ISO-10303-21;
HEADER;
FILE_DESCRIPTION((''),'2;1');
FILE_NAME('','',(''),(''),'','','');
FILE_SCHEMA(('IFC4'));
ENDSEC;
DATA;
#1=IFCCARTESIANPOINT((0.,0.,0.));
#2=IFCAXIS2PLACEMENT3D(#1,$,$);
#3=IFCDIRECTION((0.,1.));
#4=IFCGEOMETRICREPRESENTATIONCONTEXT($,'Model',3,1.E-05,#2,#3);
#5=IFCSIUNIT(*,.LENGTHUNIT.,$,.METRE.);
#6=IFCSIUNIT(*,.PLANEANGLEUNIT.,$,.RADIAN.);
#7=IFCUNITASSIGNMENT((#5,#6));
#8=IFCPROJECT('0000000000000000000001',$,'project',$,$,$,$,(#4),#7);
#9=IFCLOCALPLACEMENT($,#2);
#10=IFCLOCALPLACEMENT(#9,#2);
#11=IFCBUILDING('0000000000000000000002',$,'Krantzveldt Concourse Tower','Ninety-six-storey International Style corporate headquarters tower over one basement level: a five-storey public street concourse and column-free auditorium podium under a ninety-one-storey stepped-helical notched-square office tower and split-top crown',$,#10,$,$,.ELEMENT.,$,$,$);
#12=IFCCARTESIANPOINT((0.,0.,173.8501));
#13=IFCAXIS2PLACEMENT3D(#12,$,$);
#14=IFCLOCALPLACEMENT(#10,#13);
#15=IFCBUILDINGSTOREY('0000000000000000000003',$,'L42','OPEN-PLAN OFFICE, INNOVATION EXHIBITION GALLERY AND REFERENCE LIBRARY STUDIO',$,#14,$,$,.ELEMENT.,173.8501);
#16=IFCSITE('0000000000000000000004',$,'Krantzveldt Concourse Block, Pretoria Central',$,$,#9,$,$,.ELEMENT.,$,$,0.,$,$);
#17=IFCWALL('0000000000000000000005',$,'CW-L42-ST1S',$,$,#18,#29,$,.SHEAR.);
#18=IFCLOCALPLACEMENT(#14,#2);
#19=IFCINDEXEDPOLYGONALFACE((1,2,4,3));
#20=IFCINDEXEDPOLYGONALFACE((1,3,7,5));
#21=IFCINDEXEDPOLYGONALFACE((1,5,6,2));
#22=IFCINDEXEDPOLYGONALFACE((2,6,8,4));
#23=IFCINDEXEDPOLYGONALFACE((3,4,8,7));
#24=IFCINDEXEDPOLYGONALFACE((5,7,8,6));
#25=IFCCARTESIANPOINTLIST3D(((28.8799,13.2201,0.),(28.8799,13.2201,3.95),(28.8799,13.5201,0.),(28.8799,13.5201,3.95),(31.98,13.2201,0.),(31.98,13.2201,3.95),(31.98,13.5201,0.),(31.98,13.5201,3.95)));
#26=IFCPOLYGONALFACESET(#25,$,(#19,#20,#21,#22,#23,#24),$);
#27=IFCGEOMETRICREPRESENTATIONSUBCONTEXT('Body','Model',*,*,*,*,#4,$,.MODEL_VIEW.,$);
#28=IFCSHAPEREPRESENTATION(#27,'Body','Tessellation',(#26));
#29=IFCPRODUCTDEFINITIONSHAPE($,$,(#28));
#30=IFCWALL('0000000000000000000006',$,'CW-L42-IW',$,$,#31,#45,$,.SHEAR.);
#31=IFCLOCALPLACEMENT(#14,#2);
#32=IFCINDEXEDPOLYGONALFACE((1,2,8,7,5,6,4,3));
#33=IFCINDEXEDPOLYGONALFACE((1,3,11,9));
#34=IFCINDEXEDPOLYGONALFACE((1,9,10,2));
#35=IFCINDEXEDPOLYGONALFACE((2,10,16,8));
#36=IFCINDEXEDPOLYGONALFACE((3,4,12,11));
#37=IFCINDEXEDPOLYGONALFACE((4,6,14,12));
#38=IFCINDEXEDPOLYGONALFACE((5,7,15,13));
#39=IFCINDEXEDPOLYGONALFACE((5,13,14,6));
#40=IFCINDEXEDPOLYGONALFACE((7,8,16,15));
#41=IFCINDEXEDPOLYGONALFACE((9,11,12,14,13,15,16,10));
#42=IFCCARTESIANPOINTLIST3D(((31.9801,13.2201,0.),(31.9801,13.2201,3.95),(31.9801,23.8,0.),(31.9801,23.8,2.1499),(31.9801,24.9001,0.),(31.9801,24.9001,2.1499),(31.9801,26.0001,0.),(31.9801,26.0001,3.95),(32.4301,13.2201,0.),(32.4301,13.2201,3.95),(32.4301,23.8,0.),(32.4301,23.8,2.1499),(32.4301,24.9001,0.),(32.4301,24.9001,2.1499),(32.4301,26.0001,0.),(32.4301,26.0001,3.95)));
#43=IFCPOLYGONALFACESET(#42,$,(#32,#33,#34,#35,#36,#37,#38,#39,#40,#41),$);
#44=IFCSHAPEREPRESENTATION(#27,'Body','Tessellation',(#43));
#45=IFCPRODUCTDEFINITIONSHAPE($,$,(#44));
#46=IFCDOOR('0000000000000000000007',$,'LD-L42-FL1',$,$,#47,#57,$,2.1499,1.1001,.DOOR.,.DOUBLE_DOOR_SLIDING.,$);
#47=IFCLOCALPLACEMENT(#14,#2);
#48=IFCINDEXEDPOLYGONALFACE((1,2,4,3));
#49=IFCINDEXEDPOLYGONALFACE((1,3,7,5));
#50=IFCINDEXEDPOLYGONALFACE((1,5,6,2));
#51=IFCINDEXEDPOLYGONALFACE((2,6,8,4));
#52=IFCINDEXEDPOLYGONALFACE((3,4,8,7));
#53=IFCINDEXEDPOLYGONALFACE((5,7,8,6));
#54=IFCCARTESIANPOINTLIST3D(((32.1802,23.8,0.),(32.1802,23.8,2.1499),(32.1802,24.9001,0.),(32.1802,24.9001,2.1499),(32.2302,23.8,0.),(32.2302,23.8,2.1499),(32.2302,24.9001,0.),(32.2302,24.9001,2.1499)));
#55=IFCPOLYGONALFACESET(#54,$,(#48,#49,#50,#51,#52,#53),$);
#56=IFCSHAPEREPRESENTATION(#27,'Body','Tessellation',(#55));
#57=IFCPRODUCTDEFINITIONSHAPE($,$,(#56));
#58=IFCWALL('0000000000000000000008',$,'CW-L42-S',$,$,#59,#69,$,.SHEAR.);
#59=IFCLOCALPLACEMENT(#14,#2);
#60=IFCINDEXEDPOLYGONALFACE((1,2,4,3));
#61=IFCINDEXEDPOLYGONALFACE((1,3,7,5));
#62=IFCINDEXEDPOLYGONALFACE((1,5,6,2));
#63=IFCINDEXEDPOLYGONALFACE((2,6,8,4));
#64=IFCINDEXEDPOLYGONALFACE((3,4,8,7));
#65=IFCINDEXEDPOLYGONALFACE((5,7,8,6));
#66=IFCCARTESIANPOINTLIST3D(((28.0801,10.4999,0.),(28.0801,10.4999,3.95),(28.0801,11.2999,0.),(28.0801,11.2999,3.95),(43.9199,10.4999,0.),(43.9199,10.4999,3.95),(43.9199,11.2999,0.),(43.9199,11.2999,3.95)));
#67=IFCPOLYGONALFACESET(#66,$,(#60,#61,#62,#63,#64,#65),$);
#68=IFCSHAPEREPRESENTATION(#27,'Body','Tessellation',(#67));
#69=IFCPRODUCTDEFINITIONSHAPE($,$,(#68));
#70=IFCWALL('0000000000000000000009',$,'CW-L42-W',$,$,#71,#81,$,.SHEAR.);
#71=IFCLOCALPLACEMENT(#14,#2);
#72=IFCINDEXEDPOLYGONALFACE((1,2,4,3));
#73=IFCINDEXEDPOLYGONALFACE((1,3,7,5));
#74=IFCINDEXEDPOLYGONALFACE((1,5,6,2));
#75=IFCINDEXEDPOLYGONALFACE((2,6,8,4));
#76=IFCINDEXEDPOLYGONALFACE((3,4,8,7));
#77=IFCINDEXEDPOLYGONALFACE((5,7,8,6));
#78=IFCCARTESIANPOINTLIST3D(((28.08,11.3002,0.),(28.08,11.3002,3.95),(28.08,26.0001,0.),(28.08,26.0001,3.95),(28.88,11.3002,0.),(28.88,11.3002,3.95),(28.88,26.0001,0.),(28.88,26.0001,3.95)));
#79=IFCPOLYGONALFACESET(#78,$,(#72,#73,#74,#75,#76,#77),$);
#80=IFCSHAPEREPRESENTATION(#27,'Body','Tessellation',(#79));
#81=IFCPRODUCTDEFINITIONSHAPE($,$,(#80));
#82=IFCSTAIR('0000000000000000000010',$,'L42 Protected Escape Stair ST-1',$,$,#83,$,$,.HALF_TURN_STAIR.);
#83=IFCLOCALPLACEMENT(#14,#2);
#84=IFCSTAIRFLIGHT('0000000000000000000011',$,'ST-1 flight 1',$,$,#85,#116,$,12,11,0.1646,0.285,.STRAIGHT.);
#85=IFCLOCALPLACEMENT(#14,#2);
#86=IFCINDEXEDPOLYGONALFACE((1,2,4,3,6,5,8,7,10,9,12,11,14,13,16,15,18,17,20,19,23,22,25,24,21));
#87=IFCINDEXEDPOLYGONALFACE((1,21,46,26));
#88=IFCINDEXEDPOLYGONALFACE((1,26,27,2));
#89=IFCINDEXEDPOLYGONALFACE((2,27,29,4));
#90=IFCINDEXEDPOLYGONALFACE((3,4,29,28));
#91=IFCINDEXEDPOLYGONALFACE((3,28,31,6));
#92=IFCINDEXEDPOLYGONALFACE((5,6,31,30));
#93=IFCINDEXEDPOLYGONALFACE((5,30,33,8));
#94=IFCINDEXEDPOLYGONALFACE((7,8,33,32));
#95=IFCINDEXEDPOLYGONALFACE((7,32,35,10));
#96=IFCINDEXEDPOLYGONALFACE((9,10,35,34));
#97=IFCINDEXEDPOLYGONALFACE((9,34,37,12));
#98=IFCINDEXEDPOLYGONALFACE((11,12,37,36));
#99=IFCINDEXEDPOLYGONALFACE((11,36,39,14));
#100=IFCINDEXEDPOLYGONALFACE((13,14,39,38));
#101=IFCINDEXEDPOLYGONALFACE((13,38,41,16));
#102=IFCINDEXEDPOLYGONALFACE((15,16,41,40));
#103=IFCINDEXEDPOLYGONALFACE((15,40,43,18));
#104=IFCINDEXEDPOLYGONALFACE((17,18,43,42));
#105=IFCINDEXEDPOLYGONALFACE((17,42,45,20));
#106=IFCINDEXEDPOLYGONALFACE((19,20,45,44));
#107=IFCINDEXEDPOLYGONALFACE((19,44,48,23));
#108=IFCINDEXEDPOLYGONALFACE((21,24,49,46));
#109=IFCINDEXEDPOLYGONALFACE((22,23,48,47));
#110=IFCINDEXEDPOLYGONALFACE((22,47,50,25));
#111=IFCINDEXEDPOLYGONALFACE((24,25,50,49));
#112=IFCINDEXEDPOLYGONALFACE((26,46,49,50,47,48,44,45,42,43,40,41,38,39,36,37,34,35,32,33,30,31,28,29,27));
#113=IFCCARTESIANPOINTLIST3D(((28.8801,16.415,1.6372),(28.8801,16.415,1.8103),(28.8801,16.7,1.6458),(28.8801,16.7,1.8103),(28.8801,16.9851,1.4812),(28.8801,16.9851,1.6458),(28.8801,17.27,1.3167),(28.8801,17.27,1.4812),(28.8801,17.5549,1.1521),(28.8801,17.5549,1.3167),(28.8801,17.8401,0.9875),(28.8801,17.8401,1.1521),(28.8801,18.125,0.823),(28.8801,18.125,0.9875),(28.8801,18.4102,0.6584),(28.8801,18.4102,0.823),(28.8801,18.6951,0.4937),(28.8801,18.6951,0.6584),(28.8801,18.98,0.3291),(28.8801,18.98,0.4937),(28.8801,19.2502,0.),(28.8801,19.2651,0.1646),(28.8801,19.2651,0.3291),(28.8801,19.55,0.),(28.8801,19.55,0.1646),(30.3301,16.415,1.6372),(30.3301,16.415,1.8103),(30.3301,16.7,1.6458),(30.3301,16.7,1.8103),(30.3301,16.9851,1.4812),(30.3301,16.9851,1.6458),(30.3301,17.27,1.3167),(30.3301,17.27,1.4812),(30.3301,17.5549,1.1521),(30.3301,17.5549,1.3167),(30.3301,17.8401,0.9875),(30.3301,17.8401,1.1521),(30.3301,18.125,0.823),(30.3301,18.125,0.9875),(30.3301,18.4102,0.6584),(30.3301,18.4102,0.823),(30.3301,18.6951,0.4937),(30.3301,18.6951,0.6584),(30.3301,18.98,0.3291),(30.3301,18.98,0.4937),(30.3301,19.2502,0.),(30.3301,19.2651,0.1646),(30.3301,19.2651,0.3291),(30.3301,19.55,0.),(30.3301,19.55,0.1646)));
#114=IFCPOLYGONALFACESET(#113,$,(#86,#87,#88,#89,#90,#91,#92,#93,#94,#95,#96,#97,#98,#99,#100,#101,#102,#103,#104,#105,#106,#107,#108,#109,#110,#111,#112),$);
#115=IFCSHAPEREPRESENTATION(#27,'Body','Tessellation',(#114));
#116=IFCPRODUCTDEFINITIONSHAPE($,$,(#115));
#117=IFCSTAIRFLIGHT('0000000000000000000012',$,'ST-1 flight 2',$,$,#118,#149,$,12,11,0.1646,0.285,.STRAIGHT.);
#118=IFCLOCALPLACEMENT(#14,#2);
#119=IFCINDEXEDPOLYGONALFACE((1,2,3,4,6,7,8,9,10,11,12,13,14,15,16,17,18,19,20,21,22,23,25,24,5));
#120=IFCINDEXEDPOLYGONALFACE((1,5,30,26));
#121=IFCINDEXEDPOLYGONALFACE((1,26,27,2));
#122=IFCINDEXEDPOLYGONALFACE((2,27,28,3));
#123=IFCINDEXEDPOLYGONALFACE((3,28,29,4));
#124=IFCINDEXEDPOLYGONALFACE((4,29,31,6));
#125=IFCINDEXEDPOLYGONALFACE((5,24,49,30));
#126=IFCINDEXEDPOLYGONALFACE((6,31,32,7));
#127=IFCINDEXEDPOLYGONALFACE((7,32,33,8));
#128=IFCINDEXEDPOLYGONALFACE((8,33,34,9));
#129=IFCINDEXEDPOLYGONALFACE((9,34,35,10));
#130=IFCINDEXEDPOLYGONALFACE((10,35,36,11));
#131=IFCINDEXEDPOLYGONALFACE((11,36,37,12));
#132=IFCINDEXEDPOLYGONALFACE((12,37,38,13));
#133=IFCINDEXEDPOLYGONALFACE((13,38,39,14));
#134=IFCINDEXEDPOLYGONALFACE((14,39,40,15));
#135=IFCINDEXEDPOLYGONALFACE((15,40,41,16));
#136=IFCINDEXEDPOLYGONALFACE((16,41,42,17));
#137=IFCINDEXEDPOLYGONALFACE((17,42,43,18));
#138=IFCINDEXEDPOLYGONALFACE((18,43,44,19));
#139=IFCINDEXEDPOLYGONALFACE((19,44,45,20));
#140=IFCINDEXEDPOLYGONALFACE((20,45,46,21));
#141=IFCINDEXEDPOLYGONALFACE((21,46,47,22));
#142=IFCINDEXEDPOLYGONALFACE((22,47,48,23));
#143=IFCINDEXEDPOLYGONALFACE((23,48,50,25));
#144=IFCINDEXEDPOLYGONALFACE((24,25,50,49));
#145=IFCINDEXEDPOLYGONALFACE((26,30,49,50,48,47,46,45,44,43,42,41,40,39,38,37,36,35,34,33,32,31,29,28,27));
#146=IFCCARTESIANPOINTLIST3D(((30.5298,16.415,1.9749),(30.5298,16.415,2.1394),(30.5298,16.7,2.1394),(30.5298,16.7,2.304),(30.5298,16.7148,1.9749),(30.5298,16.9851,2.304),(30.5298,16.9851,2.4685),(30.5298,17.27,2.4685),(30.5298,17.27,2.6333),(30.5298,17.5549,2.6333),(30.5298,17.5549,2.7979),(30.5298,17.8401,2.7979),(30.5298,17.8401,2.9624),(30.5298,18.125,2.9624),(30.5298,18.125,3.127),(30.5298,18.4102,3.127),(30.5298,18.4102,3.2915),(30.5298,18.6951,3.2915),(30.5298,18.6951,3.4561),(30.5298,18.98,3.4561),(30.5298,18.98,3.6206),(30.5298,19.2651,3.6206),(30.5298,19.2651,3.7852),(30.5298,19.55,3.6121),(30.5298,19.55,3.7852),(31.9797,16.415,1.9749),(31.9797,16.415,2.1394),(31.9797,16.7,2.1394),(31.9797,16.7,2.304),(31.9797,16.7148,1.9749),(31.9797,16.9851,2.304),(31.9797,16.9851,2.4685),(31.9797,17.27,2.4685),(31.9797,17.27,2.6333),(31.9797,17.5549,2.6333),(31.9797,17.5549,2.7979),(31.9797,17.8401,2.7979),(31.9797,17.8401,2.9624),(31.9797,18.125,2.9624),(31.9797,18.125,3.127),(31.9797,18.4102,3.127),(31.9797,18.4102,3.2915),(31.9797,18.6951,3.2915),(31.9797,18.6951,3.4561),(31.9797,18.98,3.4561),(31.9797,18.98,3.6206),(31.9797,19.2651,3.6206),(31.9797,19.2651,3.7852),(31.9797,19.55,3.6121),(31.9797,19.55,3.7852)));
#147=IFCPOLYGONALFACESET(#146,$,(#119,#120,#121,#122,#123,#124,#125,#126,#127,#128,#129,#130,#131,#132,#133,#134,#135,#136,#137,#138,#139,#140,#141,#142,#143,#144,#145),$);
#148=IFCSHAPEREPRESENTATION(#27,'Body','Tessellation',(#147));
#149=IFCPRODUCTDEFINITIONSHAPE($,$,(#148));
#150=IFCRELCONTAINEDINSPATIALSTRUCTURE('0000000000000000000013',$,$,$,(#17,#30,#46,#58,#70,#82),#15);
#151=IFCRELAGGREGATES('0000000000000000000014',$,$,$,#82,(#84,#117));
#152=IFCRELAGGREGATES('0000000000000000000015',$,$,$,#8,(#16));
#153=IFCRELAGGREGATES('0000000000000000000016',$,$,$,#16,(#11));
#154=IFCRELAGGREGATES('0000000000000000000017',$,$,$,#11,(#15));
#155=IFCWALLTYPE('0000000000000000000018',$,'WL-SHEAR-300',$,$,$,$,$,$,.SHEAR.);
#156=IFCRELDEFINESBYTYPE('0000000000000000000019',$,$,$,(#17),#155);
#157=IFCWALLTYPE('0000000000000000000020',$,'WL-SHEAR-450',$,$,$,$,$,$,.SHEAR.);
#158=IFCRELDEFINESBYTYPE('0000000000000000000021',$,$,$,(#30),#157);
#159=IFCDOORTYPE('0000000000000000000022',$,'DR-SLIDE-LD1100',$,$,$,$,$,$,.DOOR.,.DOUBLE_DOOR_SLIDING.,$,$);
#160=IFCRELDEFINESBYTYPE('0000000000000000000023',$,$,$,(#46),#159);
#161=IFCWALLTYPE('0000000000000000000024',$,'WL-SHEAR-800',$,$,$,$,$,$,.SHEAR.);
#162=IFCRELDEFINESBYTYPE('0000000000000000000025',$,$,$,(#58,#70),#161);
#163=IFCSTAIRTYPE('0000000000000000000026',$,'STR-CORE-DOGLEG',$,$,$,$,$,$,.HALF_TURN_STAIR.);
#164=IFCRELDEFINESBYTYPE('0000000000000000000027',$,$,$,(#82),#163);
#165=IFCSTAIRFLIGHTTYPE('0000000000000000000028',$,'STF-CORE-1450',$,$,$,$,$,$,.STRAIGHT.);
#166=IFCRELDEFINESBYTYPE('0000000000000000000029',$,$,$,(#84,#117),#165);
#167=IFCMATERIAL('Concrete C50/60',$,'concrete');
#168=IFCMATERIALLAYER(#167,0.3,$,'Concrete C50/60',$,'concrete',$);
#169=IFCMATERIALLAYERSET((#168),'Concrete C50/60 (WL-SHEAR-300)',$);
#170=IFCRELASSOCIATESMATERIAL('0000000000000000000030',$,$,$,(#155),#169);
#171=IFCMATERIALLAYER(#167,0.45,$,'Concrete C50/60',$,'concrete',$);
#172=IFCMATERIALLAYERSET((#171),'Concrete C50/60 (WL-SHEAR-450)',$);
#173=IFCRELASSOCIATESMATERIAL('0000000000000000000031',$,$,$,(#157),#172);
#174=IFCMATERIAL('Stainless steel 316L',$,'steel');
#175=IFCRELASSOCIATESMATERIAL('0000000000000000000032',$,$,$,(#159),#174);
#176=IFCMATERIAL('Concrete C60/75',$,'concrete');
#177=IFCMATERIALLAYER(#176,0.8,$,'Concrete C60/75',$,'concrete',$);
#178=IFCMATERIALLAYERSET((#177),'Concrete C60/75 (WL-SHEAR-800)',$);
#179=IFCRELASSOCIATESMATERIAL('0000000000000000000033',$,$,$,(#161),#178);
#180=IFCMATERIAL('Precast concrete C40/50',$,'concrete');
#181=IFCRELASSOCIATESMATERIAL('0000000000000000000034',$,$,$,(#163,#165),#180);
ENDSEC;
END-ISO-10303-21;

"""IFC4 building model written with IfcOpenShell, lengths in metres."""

from ifc_helpers import new_model, si_unit, direction, frame, frame_2d, origin, place, context, subcontext, project, spatial, polyline, rectangle, outline, extrude, material, layer, layer_set, type_object, element, fill, aggregate, save


model = new_model("IFC4")

# Units and contexts
model_context = context("Model", 3, precision=1e-05, world=origin(), true_north=direction((0.0, 1.0)))
body_context = subcontext(model_context, "Body", "Model", "MODEL_VIEW")
ifc_project = project(units=[si_unit("LENGTHUNIT", "METRE"), si_unit("PLANEANGLEUNIT", "RADIAN")], contexts=[model_context])

# Site, building, storey
site_placement = place(None, origin())
site = spatial("IfcSite", under=ifc_project, at=site_placement, Name="Krantzveldt Concourse Block, Pretoria Central", CompositionType="ELEMENT", RefElevation=0.0)
building_placement = place(site_placement, origin())
building = spatial("IfcBuilding", under=site, at=building_placement, Name="Krantzveldt Concourse Tower", Description="Ninety-six-storey International Style corporate headquarters tower over one basement level: a five-storey public street concourse and column-free auditorium podium under a ninety-one-storey stepped-helical notched-square office tower and split-top crown", CompositionType="ELEMENT")
storey_placement = place(building_placement, frame((0.0, 0.0, 173.8501)))
storey = spatial("IfcBuildingStorey", under=building, at=storey_placement, Name="L42", Description="OPEN-PLAN OFFICE, INNOVATION EXHIBITION GALLERY AND REFERENCE LIBRARY STUDIO", CompositionType="ELEMENT", Elevation=173.8501)

# Shared definitions
ifc_material_1 = material(Name="Concrete C50/60", Category="concrete")

# Wall
ifc_layer_1 = layer(ifc_material_1, 0.3, Name="Concrete C50/60", Category="concrete")
ifc_layer_set_1 = layer_set([ifc_layer_1], Name="Concrete C50/60 (WL-SHEAR-300)")
wall_type_1 = type_object("IfcWallType", Name="WL-SHEAR-300", PredefinedType="SHEAR", material=ifc_layer_set_1)
wall_1_placement = place(storey_placement, frame((28.8799, 13.3701, 0.0), z_axis=(0.0, 0.0, 1.0), x_axis=(1.0, 0.0, 0.0)))
element("IfcWall", 1, at=wall_1_placement, inside=storey, type_object=wall_type_1, Name="CW-L42-ST1S", PredefinedType="SHEAR", context=body_context, shape_type="SweptSolid", body=[
    extrude(rectangle(XDim=3.1001, YDim=0.3, at=frame_2d((1.55, 0.0))), origin(), (0.0, 0.0, 1.0), 3.95),
])

# Wall, opening, door
ifc_layer_2 = layer(ifc_material_1, 0.45, Name="Concrete C50/60", Category="concrete")
ifc_layer_set_2 = layer_set([ifc_layer_2], Name="Concrete C50/60 (WL-SHEAR-450)")
wall_type_2 = type_object("IfcWallType", Name="WL-SHEAR-450", PredefinedType="SHEAR", material=ifc_layer_set_2)
wall_2_placement = place(storey_placement, frame((32.2051, 13.22, 0.0), z_axis=(0.0, 0.0, 1.0), x_axis=(0.0, 1.0, 0.0)))
wall_2 = element("IfcWall", 2, at=wall_2_placement, inside=storey, type_object=wall_type_2, Name="CW-L42-IW", PredefinedType="SHEAR", context=body_context, shape_type="SweptSolid", body=[
    extrude(rectangle(XDim=12.78, YDim=0.45, at=frame_2d((6.3901, 0.0))), origin(), (0.0, 0.0, 1.0), 3.95),
])
opening_1_placement = place(wall_2_placement, frame((10.5801, 0.0, 0.0)))
opening_1 = element("IfcOpeningElement", 3, at=opening_1_placement, cuts=wall_2, PredefinedType="OPENING", context=body_context, shape_type="SweptSolid", body=[
    extrude(rectangle(XDim=1.1001, YDim=2.1499, at=frame_2d((0.55, 1.075))), frame((0.0, 0.2349, 0.0), z_axis=(0.0, -1.0, 0.0), x_axis=(1.0, 0.0, 0.0)), (0.0, 0.0, 1.0), 0.47),
])
ifc_material_2 = material(Name="Stainless steel 316L", Category="steel")
door_type_1 = type_object("IfcDoorType", Name="DR-SLIDE-LD1100", OperationType="DOUBLE_DOOR_SLIDING", PredefinedType="DOOR", material=ifc_material_2)
door_1_placement = place(opening_1_placement, origin())
door_1 = element("IfcDoor", 4, at=door_1_placement, inside=storey, type_object=door_type_1, Name="LD-L42-FL1", OperationType="DOUBLE_DOOR_SLIDING", OverallHeight=2.1499, OverallWidth=1.1001, PredefinedType="DOOR", context=body_context, shape_type="SweptSolid", body=[
    extrude(rectangle(XDim=1.1001, YDim=2.1499, at=frame_2d((0.55, 1.075))), frame((0.0, 0.0249, 0.0), z_axis=(0.0, -1.0, 0.0), x_axis=(1.0, 0.0, 0.0)), (0.0, 0.0, 1.0), 0.05),
])
fill(opening_1, door_1)

# Walls
ifc_material_3 = material(Name="Concrete C60/75", Category="concrete")
ifc_layer_3 = layer(ifc_material_3, 0.8, Name="Concrete C60/75", Category="concrete")
ifc_layer_set_3 = layer_set([ifc_layer_3], Name="Concrete C60/75 (WL-SHEAR-800)")
wall_type_3 = type_object("IfcWallType", Name="WL-SHEAR-800", PredefinedType="SHEAR", material=ifc_layer_set_3)
wall_3_placement = place(storey_placement, frame((28.0801, 10.8999, 0.0), z_axis=(0.0, 0.0, 1.0), x_axis=(1.0, 0.0, 0.0)))
element("IfcWall", 5, at=wall_3_placement, inside=storey, type_object=wall_type_3, Name="CW-L42-S", PredefinedType="SHEAR", context=body_context, shape_type="SweptSolid", body=[
    extrude(rectangle(XDim=15.8398, YDim=0.8, at=frame_2d((7.9199, 0.0))), origin(), (0.0, 0.0, 1.0), 3.95),
])
wall_4_placement = place(storey_placement, frame((28.48, 11.3, 0.0), z_axis=(0.0, 0.0, 1.0), x_axis=(0.0, 1.0, 0.0)))
element("IfcWall", 6, at=wall_4_placement, inside=storey, type_object=wall_type_3, Name="CW-L42-W", PredefinedType="SHEAR", context=body_context, shape_type="SweptSolid", body=[
    extrude(rectangle(XDim=14.7, YDim=0.8, at=frame_2d((7.3501, 0.0))), origin(), (0.0, 0.0, 1.0), 3.95),
])

# Stair, stair flights
ifc_material_4 = material(Name="Precast concrete C40/50", Category="concrete")
stair_type = type_object("IfcStairType", Name="STR-CORE-DOGLEG", PredefinedType="HALF_TURN_STAIR", material=ifc_material_4)
stair_placement = place(storey_placement, origin())
stair = element("IfcStair", 7, at=stair_placement, inside=storey, type_object=stair_type, Name="L42 Protected Escape Stair ST-1", PredefinedType="HALF_TURN_STAIR")
stair_flight_type = type_object("IfcStairFlightType", Name="STF-CORE-1450", PredefinedType="STRAIGHT", material=ifc_material_4)
stair_flight_1_placement = place(storey_placement, frame((29.605, 19.55, 0.0), z_axis=(0.0, 0.0, 1.0), x_axis=(0.0, -1.0, 0.0)))
stair_flight_1 = element("IfcStairFlight", 8, at=stair_flight_1_placement, type_object=stair_flight_type, Name="ST-1 flight 1", NumberOfRisers=12, NumberOfTreads=11, PredefinedType="STRAIGHT", RiserHeight=0.1646, TreadLength=0.285, context=body_context, shape_type="SweptSolid", body=[
    extrude(outline(polyline([(0.0, 0.0), (0.0, 0.1646), (0.2849, 0.1646), (0.2849, 0.3291), (0.5701, 0.3291), (0.5701, 0.4937), (0.855, 0.4937), (0.855, 0.6584), (1.1399, 0.6584), (1.1399, 0.823), (1.425, 0.823), (1.425, 0.9875), (1.71, 0.9875), (1.71, 1.1521), (1.9951, 1.1521), (1.9951, 1.3167), (2.28, 1.3167), (2.28, 1.4812), (2.5649, 1.4812), (2.5649, 1.6458), (2.8501, 1.6458), (2.8501, 1.8103), (3.135, 1.8103), (3.135, 1.9751), (3.135, 1.6372), (0.2998, 0.0), (0.0, 0.0)])), frame((0.0, 0.7251, 0.0), z_axis=(0.0, -1.0, 0.0), x_axis=(1.0, 0.0, 0.0)), (0.0, 0.0, 1.0), 1.45),
])
stair_flight_2_placement = place(storey_placement, frame((31.2549, 16.415, 1.9749), z_axis=(0.0, 0.0, 1.0), x_axis=(0.0, 1.0, 0.0)))
stair_flight_2 = element("IfcStairFlight", 9, at=stair_flight_2_placement, type_object=stair_flight_type, Name="ST-1 flight 2", NumberOfRisers=12, NumberOfTreads=11, PredefinedType="STRAIGHT", RiserHeight=0.1646, TreadLength=0.285, context=body_context, shape_type="SweptSolid", body=[
    extrude(outline(polyline([(0.0, 0.0), (0.0, 0.1646), (0.2849, 0.1646), (0.2849, 0.3291), (0.5701, 0.3291), (0.5701, 0.4937), (0.855, 0.4937), (0.855, 0.6584), (1.1399, 0.6584), (1.1399, 0.823), (1.425, 0.823), (1.425, 0.9875), (1.71, 0.9875), (1.71, 1.1521), (1.9951, 1.1521), (1.9951, 1.3167), (2.28, 1.3167), (2.28, 1.4812), (2.5649, 1.4812), (2.5649, 1.6458), (2.8501, 1.6458), (2.8501, 1.8103), (3.135, 1.8103), (3.135, 1.9751), (3.135, 1.6372), (0.2998, 0.0), (0.0, 0.0)])), frame((0.0, 0.7251, 0.0), z_axis=(0.0, -1.0, 0.0), x_axis=(1.0, 0.0, 0.0)), (0.0, 0.0, 1.0), 1.45),
])
aggregate(stair, [stair_flight_1, stair_flight_2])

save(model, "model.ifc")
